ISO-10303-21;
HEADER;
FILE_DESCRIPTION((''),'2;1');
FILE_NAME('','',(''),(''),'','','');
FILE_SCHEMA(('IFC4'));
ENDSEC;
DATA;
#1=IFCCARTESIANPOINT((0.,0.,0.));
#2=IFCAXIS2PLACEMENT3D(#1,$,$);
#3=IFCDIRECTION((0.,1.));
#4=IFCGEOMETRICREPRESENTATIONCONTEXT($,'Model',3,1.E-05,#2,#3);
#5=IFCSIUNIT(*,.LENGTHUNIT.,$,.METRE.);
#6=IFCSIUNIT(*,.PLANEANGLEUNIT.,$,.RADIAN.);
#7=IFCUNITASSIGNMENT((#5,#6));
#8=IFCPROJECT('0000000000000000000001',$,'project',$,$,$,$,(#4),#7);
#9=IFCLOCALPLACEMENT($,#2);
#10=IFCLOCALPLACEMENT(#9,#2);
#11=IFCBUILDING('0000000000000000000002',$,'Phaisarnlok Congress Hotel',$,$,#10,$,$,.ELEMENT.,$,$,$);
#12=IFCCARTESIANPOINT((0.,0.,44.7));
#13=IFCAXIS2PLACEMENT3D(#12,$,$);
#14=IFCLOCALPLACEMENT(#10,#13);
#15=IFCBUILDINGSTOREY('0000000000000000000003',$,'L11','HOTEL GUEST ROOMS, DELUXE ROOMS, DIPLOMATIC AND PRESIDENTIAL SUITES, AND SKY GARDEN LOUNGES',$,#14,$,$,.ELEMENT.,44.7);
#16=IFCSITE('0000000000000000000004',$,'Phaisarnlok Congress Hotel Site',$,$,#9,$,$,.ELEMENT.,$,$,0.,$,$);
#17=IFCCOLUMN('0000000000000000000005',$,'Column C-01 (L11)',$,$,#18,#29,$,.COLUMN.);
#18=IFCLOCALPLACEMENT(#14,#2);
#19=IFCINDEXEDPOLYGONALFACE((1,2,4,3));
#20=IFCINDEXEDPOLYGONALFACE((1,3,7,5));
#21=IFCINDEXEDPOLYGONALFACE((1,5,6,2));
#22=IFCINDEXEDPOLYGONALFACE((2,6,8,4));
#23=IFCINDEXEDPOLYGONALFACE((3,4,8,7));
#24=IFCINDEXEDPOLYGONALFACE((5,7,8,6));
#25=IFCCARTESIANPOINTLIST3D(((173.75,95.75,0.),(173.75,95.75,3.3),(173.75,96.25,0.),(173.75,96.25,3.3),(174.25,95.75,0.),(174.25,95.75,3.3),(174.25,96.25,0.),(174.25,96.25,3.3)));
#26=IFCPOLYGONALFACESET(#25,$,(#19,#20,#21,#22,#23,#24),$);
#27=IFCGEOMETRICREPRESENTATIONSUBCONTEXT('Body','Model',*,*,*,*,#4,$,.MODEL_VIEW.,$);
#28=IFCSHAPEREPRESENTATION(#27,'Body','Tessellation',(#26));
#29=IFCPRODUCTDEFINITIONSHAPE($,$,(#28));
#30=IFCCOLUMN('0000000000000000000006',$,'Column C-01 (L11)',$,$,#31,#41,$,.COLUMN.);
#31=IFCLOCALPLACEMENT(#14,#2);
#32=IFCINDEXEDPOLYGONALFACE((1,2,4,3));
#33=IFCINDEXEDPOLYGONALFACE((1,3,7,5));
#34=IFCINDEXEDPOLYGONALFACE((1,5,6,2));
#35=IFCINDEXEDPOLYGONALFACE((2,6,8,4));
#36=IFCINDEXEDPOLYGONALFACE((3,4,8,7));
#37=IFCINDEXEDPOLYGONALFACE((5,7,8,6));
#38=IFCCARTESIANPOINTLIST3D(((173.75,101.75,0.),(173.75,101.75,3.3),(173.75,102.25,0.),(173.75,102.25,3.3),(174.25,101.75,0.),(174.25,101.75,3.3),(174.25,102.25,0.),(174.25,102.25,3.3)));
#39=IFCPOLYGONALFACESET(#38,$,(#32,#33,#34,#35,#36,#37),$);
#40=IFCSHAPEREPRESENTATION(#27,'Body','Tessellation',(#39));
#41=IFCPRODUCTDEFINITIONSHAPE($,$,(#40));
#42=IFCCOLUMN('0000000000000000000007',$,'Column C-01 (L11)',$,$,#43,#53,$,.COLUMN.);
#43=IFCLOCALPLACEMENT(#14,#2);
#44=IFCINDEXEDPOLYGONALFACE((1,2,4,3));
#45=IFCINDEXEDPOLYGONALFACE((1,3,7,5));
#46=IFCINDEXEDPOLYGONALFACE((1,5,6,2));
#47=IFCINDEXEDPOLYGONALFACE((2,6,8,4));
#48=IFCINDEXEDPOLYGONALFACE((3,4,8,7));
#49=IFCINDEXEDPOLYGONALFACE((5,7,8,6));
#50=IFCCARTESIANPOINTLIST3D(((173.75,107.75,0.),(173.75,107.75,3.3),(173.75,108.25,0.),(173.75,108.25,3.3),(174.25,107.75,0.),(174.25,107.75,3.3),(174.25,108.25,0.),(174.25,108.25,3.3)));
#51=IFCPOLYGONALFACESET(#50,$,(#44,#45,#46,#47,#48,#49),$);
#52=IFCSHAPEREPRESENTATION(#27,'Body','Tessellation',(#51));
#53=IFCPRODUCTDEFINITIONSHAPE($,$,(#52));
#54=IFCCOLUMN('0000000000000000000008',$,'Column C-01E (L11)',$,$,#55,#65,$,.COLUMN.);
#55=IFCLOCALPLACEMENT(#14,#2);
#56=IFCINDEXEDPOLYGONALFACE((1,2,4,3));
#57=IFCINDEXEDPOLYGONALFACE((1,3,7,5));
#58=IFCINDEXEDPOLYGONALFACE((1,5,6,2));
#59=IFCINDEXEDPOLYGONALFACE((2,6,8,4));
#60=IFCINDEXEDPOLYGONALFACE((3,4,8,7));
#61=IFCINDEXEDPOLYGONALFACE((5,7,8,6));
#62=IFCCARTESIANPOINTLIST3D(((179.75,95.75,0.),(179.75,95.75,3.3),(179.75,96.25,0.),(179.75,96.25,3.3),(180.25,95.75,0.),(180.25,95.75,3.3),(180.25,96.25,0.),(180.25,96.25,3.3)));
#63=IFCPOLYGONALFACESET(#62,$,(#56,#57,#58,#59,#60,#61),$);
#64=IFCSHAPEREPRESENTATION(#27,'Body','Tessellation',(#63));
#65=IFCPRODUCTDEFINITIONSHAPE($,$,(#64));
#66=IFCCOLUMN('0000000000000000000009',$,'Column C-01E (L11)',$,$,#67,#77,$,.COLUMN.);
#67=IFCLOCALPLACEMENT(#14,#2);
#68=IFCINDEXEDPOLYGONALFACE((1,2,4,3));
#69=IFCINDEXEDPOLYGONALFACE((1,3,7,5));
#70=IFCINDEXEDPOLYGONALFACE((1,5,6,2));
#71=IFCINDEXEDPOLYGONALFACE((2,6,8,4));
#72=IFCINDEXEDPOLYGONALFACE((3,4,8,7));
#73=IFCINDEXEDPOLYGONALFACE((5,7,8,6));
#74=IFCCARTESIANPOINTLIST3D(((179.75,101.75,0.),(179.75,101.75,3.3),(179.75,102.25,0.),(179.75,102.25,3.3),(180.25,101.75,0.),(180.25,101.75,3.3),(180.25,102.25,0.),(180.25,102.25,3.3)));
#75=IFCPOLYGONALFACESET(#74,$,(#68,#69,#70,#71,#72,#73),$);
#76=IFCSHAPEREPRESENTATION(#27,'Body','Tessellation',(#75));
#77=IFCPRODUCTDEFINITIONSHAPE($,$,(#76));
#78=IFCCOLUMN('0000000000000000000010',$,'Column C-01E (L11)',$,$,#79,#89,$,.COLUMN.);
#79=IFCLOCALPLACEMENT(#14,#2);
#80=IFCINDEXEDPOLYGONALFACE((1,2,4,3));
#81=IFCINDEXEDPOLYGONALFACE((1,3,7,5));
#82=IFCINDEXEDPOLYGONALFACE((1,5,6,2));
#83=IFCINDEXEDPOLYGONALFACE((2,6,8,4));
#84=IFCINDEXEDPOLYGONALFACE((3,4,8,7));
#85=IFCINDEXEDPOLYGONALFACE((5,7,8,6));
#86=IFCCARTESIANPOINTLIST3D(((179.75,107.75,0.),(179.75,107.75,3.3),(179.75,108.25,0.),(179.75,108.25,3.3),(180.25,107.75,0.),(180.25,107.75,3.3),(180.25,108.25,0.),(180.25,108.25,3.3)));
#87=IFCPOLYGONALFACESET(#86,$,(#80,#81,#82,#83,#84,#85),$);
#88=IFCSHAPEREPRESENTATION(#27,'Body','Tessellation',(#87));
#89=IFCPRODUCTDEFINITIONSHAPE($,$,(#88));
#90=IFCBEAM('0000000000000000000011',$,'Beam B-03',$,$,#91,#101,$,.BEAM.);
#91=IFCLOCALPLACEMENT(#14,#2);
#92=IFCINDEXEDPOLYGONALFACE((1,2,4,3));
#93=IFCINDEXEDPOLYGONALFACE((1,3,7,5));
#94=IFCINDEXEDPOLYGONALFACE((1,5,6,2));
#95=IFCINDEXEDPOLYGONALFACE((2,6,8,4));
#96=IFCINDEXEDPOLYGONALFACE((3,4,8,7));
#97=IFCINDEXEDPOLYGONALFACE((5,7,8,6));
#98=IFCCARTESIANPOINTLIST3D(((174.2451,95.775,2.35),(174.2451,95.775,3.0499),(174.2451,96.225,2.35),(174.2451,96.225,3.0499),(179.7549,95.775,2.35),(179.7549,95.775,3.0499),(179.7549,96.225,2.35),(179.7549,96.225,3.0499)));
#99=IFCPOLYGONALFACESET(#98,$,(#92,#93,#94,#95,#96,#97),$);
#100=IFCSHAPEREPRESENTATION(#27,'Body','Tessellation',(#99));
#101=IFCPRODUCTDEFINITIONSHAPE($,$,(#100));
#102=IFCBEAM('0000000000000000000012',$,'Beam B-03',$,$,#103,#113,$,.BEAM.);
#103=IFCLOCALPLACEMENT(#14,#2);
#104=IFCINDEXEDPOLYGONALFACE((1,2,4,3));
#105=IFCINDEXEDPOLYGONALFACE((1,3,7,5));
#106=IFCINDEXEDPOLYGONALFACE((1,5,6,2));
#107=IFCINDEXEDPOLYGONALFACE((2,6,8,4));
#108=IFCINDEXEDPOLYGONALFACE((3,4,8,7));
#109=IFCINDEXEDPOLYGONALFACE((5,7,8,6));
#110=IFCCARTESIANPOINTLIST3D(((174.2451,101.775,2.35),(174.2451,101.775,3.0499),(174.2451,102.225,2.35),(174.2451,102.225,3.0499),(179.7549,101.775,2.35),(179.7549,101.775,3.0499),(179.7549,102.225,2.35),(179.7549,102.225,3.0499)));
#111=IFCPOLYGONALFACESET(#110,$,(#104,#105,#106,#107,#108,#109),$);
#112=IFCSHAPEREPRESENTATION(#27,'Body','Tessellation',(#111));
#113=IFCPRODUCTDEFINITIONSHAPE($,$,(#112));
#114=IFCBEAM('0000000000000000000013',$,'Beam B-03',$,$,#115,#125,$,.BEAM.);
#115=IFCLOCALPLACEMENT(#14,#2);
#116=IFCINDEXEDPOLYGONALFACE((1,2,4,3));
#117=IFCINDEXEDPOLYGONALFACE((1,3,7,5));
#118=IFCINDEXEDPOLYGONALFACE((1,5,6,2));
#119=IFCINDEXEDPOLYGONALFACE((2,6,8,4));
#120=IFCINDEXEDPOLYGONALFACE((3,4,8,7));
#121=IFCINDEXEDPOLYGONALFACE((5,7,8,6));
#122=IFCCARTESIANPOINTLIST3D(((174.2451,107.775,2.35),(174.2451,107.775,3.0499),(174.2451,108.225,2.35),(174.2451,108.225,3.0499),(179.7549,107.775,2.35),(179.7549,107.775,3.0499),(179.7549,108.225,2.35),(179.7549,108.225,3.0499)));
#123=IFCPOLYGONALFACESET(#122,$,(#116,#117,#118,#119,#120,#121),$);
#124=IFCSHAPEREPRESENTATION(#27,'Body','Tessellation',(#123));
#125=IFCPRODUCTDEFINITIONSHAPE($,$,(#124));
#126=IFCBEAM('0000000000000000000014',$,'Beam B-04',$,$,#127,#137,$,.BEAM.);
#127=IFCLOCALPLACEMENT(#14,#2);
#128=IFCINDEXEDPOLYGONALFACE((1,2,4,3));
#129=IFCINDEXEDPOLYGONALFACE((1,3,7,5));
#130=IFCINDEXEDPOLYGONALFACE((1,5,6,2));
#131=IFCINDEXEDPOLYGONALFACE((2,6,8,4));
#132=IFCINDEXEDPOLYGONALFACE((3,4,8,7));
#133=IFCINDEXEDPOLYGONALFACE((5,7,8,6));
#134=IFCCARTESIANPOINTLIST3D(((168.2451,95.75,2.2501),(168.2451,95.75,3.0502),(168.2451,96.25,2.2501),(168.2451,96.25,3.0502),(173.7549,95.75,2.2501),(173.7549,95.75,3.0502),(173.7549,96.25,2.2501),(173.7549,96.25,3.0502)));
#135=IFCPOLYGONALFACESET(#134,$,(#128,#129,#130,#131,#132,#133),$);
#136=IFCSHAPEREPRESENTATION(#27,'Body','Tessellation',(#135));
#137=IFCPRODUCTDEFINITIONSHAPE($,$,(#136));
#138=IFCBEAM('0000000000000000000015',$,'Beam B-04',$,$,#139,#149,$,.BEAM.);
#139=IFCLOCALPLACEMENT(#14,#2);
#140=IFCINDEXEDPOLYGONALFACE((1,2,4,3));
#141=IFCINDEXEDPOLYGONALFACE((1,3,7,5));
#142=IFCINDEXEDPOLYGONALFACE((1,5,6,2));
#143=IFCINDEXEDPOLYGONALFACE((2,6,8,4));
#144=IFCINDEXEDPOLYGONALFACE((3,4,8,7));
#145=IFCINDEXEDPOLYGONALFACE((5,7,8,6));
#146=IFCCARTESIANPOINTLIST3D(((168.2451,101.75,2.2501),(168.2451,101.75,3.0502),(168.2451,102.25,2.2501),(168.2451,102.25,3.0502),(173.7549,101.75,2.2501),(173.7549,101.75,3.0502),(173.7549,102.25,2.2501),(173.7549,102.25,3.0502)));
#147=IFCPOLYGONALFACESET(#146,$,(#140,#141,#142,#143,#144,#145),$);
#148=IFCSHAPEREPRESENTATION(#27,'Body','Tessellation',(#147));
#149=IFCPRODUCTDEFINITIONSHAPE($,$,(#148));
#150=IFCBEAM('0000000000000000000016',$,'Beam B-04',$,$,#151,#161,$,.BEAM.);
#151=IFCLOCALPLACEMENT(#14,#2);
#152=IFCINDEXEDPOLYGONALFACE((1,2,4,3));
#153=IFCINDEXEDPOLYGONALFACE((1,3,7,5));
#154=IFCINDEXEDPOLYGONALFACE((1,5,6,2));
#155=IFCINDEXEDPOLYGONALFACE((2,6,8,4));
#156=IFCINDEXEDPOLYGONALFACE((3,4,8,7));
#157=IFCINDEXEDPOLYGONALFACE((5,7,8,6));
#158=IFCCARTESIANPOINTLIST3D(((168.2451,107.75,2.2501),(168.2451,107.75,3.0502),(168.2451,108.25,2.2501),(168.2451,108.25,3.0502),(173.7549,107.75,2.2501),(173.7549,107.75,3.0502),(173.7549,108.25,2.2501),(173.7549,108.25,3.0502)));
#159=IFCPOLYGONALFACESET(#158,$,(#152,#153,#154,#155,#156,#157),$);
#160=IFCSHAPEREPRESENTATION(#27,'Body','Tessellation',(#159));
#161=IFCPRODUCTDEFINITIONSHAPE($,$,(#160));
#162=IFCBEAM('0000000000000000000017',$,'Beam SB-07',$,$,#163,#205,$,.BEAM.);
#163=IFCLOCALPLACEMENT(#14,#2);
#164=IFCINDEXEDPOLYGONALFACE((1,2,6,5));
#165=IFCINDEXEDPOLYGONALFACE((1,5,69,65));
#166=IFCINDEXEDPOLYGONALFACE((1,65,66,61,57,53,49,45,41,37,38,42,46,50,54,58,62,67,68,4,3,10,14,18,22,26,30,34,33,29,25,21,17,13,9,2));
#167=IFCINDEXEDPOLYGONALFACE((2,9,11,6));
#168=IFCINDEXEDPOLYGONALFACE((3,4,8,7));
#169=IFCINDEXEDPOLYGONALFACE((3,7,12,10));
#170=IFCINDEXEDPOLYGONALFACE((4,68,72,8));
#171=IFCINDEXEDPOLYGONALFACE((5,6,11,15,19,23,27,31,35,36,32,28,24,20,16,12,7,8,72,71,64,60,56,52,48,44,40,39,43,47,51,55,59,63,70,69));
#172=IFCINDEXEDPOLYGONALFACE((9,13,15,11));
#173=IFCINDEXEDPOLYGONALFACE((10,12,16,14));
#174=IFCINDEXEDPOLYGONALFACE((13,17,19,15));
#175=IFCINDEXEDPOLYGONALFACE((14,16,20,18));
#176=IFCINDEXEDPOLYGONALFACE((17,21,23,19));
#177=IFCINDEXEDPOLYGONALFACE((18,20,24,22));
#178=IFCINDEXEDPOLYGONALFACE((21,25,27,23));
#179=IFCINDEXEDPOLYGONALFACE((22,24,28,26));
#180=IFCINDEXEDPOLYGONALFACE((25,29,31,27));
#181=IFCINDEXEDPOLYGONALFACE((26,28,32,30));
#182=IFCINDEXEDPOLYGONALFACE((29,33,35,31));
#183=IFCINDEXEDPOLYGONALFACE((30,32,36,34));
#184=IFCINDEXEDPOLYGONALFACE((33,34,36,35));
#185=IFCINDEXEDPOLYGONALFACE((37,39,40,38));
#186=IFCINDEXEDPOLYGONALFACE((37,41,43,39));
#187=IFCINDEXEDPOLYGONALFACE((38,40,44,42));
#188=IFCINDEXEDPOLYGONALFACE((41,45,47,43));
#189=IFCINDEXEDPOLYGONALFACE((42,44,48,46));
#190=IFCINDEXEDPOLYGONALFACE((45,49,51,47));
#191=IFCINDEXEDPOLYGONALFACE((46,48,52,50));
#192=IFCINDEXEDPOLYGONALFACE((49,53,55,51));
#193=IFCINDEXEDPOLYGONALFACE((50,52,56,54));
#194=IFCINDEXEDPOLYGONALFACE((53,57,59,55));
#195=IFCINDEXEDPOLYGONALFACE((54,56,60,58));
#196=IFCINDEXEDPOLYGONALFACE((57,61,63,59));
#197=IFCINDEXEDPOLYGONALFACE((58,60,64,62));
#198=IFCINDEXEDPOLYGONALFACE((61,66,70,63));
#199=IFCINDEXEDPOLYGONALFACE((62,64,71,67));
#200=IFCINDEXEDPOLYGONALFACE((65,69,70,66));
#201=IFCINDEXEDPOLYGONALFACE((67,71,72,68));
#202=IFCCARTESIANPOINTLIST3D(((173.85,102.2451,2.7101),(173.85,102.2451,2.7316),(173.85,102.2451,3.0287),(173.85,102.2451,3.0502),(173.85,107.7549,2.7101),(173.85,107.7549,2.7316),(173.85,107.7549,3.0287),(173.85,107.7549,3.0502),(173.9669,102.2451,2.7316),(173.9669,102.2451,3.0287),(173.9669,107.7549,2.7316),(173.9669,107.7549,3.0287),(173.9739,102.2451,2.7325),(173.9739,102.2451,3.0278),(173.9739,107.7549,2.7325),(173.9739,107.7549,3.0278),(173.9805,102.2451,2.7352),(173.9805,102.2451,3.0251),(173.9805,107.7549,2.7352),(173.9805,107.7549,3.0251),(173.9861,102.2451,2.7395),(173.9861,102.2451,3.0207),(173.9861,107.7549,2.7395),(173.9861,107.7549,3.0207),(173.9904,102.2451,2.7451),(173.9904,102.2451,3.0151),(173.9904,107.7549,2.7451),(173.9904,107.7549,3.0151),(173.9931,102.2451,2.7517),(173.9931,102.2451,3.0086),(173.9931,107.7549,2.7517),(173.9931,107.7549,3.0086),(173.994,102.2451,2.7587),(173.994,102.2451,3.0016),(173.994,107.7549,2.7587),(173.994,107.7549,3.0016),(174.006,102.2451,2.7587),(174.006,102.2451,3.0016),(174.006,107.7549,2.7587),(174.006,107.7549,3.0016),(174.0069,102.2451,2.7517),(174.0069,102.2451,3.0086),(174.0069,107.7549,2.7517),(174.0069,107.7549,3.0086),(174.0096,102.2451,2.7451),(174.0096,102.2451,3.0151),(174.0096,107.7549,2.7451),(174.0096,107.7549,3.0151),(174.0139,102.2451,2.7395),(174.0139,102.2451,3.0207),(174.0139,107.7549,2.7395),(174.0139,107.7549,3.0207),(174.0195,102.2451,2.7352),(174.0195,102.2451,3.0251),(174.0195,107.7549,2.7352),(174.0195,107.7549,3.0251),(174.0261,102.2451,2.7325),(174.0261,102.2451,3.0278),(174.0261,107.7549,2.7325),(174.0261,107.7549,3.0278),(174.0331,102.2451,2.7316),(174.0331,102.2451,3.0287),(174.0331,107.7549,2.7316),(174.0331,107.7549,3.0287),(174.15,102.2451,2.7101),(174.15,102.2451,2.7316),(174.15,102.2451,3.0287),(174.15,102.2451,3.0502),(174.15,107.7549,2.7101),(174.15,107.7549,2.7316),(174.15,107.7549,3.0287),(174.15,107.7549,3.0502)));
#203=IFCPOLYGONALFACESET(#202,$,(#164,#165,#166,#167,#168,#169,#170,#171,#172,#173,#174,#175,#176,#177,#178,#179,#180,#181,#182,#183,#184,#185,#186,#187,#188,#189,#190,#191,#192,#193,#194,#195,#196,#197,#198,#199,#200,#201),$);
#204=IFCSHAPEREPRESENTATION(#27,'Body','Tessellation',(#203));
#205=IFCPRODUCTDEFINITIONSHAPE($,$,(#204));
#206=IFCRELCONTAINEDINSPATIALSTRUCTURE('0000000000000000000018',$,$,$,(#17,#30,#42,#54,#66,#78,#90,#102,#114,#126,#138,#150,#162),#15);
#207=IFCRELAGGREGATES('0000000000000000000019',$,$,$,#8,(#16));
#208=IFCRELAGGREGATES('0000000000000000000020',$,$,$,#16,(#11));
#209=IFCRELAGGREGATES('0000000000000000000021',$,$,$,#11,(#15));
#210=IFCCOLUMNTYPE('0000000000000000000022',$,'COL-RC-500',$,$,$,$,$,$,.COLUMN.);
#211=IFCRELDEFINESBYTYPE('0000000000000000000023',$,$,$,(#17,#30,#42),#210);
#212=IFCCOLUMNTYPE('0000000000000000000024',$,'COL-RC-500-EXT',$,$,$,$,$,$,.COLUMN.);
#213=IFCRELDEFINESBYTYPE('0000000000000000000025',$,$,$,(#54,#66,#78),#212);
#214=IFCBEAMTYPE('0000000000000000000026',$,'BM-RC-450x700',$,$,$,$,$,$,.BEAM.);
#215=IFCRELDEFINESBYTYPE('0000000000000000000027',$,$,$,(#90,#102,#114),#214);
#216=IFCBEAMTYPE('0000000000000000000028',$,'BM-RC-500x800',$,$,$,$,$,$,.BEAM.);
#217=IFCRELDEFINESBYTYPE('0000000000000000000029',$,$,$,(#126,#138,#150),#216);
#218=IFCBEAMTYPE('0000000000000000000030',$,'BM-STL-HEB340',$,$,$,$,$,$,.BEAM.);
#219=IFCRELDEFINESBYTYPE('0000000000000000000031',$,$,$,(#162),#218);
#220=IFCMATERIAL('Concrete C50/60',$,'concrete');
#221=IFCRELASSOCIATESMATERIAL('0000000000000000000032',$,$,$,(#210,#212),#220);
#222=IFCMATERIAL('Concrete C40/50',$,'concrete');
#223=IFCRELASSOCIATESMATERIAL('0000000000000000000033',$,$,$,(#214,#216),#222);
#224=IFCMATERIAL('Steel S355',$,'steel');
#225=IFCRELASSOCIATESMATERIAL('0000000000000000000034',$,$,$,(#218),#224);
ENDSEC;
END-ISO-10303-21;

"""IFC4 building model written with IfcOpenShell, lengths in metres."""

from ifc_helpers import new_model, si_unit, direction, frame, origin, origin_2d, place, context, subcontext, project, spatial, rectangle, i_section, extrude, material, material_profile, profile_set, type_object, element, save


model = new_model("IFC4")

# Units and contexts
model_context = context("Model", 3, precision=1e-05, world=origin(), true_north=direction((0.0, 1.0)))
body_context = subcontext(model_context, "Body", "Model", "MODEL_VIEW")
ifc_project = project(units=[si_unit("LENGTHUNIT", "METRE"), si_unit("PLANEANGLEUNIT", "RADIAN")], contexts=[model_context])

# Site, building, storey
site_placement = place(None, origin())
site = spatial("IfcSite", under=ifc_project, at=site_placement, Name="Phaisarnlok Congress Hotel Site", CompositionType="ELEMENT", RefElevation=0.0)
building_placement = place(site_placement, origin())
building = spatial("IfcBuilding", under=site, at=building_placement, Name="Phaisarnlok Congress Hotel", CompositionType="ELEMENT")
storey_placement = place(building_placement, frame((0.0, 0.0, 44.7)))
storey = spatial("IfcBuildingStorey", under=building, at=storey_placement, Name="L11", Description="HOTEL GUEST ROOMS, DELUXE ROOMS, DIPLOMATIC AND PRESIDENTIAL SUITES, AND SKY GARDEN LOUNGES", CompositionType="ELEMENT", Elevation=44.7)

# Columns
ifc_material_1 = material(Name="Concrete C50/60", Category="concrete")
ifc_material_profile_1 = material_profile(ifc_material_1, rectangle(XDim=0.5, YDim=0.5, at=origin_2d()), Name="RC 500x500")
ifc_profile_set_1 = profile_set([ifc_material_profile_1], Name="Concrete C50/60")
column_type_1 = type_object("IfcColumnType", Name="COL-RC-500", PredefinedType="COLUMN", material=ifc_profile_set_1)
for number, where, z_axis, x_axis, name in (
    (1, (174.0, 96.0, 0.0), (0.0, 0.0, 1.0), (1.0, 0.0, 0.0), "Column C-01 (L11)"),
    (2, (174.0, 102.0, 0.0), (0.0, 0.0, 1.0), (1.0, 0.0, 0.0), "Column C-01 (L11)"),
    (3, (174.0, 108.0, 0.0), (0.0, 0.0, 1.0), (1.0, 0.0, 0.0), "Column C-01 (L11)"),
):
    element("IfcColumn", number, at=place(storey_placement, frame(where, z_axis=z_axis, x_axis=x_axis)), inside=storey, type_object=column_type_1, Name=name, PredefinedType="COLUMN", context=body_context, shape_type="SweptSolid", body=[
        extrude(rectangle(XDim=0.5, YDim=0.5, at=origin_2d()), origin(), (0.0, 0.0, 1.0), 3.3),
    ])
ifc_material_profile_2 = material_profile(ifc_material_1, rectangle(XDim=0.5, YDim=0.5, at=origin_2d()), Name="RC 500x500")
ifc_profile_set_2 = profile_set([ifc_material_profile_2], Name="Concrete C50/60")
column_type_2 = type_object("IfcColumnType", Name="COL-RC-500-EXT", PredefinedType="COLUMN", material=ifc_profile_set_2)
for number, where, z_axis, x_axis, name in (
    (4, (180.0, 96.0, 0.0), (0.0, 0.0, 1.0), (1.0, 0.0, 0.0), "Column C-01E (L11)"),
    (5, (180.0, 102.0, 0.0), (0.0, 0.0, 1.0), (1.0, 0.0, 0.0), "Column C-01E (L11)"),
    (6, (180.0, 108.0, 0.0), (0.0, 0.0, 1.0), (1.0, 0.0, 0.0), "Column C-01E (L11)"),
):
    element("IfcColumn", number, at=place(storey_placement, frame(where, z_axis=z_axis, x_axis=x_axis)), inside=storey, type_object=column_type_2, Name=name, PredefinedType="COLUMN", context=body_context, shape_type="SweptSolid", body=[
        extrude(rectangle(XDim=0.5, YDim=0.5, at=origin_2d()), origin(), (0.0, 0.0, 1.0), 3.3),
    ])

# Beams
ifc_material_2 = material(Name="Concrete C40/50", Category="concrete")
ifc_material_profile_3 = material_profile(ifc_material_2, rectangle(XDim=0.45, YDim=0.7, at=origin_2d()), Name="RC 450x700")
ifc_profile_set_3 = profile_set([ifc_material_profile_3], Name="Concrete C40/50")
beam_type_1 = type_object("IfcBeamType", Name="BM-RC-450x700", PredefinedType="BEAM", material=ifc_profile_set_3)
for number, where, z_axis, x_axis, name in (
    (7, (174.2451, 96.0, 2.7), (1.0, 0.0, 0.0), (0.0, 1.0, 0.0), "Beam B-03"),
    (8, (174.2451, 102.0, 2.7), (1.0, 0.0, 0.0), (0.0, 1.0, 0.0), "Beam B-03"),
    (9, (174.2451, 108.0, 2.7), (1.0, 0.0, 0.0), (0.0, 1.0, 0.0), "Beam B-03"),
):
    element("IfcBeam", number, at=place(storey_placement, frame(where, z_axis=z_axis, x_axis=x_axis)), inside=storey, type_object=beam_type_1, Name=name, PredefinedType="BEAM", context=body_context, shape_type="SweptSolid", body=[
        extrude(rectangle(XDim=0.45, YDim=0.7, at=origin_2d()), origin(), (0.0, 0.0, 1.0), 5.5098),
    ])
ifc_material_profile_4 = material_profile(ifc_material_2, rectangle(XDim=0.5, YDim=0.8, at=origin_2d()), Name="RC 500x800")
ifc_profile_set_4 = profile_set([ifc_material_profile_4], Name="Concrete C40/50")
beam_type_2 = type_object("IfcBeamType", Name="BM-RC-500x800", PredefinedType="BEAM", material=ifc_profile_set_4)
for number, where, z_axis, x_axis, name in (
    (10, (168.2451, 96.0, 2.6501), (1.0, 0.0, 0.0), (0.0, 1.0, 0.0), "Beam B-04"),
    (11, (168.2451, 102.0, 2.6501), (1.0, 0.0, 0.0), (0.0, 1.0, 0.0), "Beam B-04"),
    (12, (168.2451, 108.0, 2.6501), (1.0, 0.0, 0.0), (0.0, 1.0, 0.0), "Beam B-04"),
):
    element("IfcBeam", number, at=place(storey_placement, frame(where, z_axis=z_axis, x_axis=x_axis)), inside=storey, type_object=beam_type_2, Name=name, PredefinedType="BEAM", context=body_context, shape_type="SweptSolid", body=[
        extrude(rectangle(XDim=0.5, YDim=0.8, at=origin_2d()), origin(), (0.0, 0.0, 1.0), 5.5098),
    ])
ifc_material_3 = material(Name="Steel S355", Category="steel")
ifc_material_profile_5 = material_profile(ifc_material_3, i_section(OverallWidth=0.3, OverallDepth=0.3401, WebThickness=0.012, FlangeThickness=0.0215, FilletRadius=0.0271, at=origin_2d()), Name="HEB 340")
ifc_profile_set_5 = profile_set([ifc_material_profile_5], Name="Steel S355")
beam_type_3 = type_object("IfcBeamType", Name="BM-STL-HEB340", PredefinedType="BEAM", material=ifc_profile_set_5)
beam_1_placement = place(storey_placement, frame((174.0, 102.2451, 2.8801), z_axis=(0.0, 1.0, 0.0), x_axis=(-1.0, 0.0, 0.0)))
element("IfcBeam", 13, at=beam_1_placement, inside=storey, type_object=beam_type_3, Name="Beam SB-07", PredefinedType="BEAM", context=body_context, shape_type="SweptSolid", body=[
    extrude(i_section(OverallWidth=0.3, OverallDepth=0.3401, WebThickness=0.012, FlangeThickness=0.0215, FilletRadius=0.0271, at=origin_2d()), origin(), (0.0, 0.0, 1.0), 5.5098),
])

save(model, "model.ifc")
